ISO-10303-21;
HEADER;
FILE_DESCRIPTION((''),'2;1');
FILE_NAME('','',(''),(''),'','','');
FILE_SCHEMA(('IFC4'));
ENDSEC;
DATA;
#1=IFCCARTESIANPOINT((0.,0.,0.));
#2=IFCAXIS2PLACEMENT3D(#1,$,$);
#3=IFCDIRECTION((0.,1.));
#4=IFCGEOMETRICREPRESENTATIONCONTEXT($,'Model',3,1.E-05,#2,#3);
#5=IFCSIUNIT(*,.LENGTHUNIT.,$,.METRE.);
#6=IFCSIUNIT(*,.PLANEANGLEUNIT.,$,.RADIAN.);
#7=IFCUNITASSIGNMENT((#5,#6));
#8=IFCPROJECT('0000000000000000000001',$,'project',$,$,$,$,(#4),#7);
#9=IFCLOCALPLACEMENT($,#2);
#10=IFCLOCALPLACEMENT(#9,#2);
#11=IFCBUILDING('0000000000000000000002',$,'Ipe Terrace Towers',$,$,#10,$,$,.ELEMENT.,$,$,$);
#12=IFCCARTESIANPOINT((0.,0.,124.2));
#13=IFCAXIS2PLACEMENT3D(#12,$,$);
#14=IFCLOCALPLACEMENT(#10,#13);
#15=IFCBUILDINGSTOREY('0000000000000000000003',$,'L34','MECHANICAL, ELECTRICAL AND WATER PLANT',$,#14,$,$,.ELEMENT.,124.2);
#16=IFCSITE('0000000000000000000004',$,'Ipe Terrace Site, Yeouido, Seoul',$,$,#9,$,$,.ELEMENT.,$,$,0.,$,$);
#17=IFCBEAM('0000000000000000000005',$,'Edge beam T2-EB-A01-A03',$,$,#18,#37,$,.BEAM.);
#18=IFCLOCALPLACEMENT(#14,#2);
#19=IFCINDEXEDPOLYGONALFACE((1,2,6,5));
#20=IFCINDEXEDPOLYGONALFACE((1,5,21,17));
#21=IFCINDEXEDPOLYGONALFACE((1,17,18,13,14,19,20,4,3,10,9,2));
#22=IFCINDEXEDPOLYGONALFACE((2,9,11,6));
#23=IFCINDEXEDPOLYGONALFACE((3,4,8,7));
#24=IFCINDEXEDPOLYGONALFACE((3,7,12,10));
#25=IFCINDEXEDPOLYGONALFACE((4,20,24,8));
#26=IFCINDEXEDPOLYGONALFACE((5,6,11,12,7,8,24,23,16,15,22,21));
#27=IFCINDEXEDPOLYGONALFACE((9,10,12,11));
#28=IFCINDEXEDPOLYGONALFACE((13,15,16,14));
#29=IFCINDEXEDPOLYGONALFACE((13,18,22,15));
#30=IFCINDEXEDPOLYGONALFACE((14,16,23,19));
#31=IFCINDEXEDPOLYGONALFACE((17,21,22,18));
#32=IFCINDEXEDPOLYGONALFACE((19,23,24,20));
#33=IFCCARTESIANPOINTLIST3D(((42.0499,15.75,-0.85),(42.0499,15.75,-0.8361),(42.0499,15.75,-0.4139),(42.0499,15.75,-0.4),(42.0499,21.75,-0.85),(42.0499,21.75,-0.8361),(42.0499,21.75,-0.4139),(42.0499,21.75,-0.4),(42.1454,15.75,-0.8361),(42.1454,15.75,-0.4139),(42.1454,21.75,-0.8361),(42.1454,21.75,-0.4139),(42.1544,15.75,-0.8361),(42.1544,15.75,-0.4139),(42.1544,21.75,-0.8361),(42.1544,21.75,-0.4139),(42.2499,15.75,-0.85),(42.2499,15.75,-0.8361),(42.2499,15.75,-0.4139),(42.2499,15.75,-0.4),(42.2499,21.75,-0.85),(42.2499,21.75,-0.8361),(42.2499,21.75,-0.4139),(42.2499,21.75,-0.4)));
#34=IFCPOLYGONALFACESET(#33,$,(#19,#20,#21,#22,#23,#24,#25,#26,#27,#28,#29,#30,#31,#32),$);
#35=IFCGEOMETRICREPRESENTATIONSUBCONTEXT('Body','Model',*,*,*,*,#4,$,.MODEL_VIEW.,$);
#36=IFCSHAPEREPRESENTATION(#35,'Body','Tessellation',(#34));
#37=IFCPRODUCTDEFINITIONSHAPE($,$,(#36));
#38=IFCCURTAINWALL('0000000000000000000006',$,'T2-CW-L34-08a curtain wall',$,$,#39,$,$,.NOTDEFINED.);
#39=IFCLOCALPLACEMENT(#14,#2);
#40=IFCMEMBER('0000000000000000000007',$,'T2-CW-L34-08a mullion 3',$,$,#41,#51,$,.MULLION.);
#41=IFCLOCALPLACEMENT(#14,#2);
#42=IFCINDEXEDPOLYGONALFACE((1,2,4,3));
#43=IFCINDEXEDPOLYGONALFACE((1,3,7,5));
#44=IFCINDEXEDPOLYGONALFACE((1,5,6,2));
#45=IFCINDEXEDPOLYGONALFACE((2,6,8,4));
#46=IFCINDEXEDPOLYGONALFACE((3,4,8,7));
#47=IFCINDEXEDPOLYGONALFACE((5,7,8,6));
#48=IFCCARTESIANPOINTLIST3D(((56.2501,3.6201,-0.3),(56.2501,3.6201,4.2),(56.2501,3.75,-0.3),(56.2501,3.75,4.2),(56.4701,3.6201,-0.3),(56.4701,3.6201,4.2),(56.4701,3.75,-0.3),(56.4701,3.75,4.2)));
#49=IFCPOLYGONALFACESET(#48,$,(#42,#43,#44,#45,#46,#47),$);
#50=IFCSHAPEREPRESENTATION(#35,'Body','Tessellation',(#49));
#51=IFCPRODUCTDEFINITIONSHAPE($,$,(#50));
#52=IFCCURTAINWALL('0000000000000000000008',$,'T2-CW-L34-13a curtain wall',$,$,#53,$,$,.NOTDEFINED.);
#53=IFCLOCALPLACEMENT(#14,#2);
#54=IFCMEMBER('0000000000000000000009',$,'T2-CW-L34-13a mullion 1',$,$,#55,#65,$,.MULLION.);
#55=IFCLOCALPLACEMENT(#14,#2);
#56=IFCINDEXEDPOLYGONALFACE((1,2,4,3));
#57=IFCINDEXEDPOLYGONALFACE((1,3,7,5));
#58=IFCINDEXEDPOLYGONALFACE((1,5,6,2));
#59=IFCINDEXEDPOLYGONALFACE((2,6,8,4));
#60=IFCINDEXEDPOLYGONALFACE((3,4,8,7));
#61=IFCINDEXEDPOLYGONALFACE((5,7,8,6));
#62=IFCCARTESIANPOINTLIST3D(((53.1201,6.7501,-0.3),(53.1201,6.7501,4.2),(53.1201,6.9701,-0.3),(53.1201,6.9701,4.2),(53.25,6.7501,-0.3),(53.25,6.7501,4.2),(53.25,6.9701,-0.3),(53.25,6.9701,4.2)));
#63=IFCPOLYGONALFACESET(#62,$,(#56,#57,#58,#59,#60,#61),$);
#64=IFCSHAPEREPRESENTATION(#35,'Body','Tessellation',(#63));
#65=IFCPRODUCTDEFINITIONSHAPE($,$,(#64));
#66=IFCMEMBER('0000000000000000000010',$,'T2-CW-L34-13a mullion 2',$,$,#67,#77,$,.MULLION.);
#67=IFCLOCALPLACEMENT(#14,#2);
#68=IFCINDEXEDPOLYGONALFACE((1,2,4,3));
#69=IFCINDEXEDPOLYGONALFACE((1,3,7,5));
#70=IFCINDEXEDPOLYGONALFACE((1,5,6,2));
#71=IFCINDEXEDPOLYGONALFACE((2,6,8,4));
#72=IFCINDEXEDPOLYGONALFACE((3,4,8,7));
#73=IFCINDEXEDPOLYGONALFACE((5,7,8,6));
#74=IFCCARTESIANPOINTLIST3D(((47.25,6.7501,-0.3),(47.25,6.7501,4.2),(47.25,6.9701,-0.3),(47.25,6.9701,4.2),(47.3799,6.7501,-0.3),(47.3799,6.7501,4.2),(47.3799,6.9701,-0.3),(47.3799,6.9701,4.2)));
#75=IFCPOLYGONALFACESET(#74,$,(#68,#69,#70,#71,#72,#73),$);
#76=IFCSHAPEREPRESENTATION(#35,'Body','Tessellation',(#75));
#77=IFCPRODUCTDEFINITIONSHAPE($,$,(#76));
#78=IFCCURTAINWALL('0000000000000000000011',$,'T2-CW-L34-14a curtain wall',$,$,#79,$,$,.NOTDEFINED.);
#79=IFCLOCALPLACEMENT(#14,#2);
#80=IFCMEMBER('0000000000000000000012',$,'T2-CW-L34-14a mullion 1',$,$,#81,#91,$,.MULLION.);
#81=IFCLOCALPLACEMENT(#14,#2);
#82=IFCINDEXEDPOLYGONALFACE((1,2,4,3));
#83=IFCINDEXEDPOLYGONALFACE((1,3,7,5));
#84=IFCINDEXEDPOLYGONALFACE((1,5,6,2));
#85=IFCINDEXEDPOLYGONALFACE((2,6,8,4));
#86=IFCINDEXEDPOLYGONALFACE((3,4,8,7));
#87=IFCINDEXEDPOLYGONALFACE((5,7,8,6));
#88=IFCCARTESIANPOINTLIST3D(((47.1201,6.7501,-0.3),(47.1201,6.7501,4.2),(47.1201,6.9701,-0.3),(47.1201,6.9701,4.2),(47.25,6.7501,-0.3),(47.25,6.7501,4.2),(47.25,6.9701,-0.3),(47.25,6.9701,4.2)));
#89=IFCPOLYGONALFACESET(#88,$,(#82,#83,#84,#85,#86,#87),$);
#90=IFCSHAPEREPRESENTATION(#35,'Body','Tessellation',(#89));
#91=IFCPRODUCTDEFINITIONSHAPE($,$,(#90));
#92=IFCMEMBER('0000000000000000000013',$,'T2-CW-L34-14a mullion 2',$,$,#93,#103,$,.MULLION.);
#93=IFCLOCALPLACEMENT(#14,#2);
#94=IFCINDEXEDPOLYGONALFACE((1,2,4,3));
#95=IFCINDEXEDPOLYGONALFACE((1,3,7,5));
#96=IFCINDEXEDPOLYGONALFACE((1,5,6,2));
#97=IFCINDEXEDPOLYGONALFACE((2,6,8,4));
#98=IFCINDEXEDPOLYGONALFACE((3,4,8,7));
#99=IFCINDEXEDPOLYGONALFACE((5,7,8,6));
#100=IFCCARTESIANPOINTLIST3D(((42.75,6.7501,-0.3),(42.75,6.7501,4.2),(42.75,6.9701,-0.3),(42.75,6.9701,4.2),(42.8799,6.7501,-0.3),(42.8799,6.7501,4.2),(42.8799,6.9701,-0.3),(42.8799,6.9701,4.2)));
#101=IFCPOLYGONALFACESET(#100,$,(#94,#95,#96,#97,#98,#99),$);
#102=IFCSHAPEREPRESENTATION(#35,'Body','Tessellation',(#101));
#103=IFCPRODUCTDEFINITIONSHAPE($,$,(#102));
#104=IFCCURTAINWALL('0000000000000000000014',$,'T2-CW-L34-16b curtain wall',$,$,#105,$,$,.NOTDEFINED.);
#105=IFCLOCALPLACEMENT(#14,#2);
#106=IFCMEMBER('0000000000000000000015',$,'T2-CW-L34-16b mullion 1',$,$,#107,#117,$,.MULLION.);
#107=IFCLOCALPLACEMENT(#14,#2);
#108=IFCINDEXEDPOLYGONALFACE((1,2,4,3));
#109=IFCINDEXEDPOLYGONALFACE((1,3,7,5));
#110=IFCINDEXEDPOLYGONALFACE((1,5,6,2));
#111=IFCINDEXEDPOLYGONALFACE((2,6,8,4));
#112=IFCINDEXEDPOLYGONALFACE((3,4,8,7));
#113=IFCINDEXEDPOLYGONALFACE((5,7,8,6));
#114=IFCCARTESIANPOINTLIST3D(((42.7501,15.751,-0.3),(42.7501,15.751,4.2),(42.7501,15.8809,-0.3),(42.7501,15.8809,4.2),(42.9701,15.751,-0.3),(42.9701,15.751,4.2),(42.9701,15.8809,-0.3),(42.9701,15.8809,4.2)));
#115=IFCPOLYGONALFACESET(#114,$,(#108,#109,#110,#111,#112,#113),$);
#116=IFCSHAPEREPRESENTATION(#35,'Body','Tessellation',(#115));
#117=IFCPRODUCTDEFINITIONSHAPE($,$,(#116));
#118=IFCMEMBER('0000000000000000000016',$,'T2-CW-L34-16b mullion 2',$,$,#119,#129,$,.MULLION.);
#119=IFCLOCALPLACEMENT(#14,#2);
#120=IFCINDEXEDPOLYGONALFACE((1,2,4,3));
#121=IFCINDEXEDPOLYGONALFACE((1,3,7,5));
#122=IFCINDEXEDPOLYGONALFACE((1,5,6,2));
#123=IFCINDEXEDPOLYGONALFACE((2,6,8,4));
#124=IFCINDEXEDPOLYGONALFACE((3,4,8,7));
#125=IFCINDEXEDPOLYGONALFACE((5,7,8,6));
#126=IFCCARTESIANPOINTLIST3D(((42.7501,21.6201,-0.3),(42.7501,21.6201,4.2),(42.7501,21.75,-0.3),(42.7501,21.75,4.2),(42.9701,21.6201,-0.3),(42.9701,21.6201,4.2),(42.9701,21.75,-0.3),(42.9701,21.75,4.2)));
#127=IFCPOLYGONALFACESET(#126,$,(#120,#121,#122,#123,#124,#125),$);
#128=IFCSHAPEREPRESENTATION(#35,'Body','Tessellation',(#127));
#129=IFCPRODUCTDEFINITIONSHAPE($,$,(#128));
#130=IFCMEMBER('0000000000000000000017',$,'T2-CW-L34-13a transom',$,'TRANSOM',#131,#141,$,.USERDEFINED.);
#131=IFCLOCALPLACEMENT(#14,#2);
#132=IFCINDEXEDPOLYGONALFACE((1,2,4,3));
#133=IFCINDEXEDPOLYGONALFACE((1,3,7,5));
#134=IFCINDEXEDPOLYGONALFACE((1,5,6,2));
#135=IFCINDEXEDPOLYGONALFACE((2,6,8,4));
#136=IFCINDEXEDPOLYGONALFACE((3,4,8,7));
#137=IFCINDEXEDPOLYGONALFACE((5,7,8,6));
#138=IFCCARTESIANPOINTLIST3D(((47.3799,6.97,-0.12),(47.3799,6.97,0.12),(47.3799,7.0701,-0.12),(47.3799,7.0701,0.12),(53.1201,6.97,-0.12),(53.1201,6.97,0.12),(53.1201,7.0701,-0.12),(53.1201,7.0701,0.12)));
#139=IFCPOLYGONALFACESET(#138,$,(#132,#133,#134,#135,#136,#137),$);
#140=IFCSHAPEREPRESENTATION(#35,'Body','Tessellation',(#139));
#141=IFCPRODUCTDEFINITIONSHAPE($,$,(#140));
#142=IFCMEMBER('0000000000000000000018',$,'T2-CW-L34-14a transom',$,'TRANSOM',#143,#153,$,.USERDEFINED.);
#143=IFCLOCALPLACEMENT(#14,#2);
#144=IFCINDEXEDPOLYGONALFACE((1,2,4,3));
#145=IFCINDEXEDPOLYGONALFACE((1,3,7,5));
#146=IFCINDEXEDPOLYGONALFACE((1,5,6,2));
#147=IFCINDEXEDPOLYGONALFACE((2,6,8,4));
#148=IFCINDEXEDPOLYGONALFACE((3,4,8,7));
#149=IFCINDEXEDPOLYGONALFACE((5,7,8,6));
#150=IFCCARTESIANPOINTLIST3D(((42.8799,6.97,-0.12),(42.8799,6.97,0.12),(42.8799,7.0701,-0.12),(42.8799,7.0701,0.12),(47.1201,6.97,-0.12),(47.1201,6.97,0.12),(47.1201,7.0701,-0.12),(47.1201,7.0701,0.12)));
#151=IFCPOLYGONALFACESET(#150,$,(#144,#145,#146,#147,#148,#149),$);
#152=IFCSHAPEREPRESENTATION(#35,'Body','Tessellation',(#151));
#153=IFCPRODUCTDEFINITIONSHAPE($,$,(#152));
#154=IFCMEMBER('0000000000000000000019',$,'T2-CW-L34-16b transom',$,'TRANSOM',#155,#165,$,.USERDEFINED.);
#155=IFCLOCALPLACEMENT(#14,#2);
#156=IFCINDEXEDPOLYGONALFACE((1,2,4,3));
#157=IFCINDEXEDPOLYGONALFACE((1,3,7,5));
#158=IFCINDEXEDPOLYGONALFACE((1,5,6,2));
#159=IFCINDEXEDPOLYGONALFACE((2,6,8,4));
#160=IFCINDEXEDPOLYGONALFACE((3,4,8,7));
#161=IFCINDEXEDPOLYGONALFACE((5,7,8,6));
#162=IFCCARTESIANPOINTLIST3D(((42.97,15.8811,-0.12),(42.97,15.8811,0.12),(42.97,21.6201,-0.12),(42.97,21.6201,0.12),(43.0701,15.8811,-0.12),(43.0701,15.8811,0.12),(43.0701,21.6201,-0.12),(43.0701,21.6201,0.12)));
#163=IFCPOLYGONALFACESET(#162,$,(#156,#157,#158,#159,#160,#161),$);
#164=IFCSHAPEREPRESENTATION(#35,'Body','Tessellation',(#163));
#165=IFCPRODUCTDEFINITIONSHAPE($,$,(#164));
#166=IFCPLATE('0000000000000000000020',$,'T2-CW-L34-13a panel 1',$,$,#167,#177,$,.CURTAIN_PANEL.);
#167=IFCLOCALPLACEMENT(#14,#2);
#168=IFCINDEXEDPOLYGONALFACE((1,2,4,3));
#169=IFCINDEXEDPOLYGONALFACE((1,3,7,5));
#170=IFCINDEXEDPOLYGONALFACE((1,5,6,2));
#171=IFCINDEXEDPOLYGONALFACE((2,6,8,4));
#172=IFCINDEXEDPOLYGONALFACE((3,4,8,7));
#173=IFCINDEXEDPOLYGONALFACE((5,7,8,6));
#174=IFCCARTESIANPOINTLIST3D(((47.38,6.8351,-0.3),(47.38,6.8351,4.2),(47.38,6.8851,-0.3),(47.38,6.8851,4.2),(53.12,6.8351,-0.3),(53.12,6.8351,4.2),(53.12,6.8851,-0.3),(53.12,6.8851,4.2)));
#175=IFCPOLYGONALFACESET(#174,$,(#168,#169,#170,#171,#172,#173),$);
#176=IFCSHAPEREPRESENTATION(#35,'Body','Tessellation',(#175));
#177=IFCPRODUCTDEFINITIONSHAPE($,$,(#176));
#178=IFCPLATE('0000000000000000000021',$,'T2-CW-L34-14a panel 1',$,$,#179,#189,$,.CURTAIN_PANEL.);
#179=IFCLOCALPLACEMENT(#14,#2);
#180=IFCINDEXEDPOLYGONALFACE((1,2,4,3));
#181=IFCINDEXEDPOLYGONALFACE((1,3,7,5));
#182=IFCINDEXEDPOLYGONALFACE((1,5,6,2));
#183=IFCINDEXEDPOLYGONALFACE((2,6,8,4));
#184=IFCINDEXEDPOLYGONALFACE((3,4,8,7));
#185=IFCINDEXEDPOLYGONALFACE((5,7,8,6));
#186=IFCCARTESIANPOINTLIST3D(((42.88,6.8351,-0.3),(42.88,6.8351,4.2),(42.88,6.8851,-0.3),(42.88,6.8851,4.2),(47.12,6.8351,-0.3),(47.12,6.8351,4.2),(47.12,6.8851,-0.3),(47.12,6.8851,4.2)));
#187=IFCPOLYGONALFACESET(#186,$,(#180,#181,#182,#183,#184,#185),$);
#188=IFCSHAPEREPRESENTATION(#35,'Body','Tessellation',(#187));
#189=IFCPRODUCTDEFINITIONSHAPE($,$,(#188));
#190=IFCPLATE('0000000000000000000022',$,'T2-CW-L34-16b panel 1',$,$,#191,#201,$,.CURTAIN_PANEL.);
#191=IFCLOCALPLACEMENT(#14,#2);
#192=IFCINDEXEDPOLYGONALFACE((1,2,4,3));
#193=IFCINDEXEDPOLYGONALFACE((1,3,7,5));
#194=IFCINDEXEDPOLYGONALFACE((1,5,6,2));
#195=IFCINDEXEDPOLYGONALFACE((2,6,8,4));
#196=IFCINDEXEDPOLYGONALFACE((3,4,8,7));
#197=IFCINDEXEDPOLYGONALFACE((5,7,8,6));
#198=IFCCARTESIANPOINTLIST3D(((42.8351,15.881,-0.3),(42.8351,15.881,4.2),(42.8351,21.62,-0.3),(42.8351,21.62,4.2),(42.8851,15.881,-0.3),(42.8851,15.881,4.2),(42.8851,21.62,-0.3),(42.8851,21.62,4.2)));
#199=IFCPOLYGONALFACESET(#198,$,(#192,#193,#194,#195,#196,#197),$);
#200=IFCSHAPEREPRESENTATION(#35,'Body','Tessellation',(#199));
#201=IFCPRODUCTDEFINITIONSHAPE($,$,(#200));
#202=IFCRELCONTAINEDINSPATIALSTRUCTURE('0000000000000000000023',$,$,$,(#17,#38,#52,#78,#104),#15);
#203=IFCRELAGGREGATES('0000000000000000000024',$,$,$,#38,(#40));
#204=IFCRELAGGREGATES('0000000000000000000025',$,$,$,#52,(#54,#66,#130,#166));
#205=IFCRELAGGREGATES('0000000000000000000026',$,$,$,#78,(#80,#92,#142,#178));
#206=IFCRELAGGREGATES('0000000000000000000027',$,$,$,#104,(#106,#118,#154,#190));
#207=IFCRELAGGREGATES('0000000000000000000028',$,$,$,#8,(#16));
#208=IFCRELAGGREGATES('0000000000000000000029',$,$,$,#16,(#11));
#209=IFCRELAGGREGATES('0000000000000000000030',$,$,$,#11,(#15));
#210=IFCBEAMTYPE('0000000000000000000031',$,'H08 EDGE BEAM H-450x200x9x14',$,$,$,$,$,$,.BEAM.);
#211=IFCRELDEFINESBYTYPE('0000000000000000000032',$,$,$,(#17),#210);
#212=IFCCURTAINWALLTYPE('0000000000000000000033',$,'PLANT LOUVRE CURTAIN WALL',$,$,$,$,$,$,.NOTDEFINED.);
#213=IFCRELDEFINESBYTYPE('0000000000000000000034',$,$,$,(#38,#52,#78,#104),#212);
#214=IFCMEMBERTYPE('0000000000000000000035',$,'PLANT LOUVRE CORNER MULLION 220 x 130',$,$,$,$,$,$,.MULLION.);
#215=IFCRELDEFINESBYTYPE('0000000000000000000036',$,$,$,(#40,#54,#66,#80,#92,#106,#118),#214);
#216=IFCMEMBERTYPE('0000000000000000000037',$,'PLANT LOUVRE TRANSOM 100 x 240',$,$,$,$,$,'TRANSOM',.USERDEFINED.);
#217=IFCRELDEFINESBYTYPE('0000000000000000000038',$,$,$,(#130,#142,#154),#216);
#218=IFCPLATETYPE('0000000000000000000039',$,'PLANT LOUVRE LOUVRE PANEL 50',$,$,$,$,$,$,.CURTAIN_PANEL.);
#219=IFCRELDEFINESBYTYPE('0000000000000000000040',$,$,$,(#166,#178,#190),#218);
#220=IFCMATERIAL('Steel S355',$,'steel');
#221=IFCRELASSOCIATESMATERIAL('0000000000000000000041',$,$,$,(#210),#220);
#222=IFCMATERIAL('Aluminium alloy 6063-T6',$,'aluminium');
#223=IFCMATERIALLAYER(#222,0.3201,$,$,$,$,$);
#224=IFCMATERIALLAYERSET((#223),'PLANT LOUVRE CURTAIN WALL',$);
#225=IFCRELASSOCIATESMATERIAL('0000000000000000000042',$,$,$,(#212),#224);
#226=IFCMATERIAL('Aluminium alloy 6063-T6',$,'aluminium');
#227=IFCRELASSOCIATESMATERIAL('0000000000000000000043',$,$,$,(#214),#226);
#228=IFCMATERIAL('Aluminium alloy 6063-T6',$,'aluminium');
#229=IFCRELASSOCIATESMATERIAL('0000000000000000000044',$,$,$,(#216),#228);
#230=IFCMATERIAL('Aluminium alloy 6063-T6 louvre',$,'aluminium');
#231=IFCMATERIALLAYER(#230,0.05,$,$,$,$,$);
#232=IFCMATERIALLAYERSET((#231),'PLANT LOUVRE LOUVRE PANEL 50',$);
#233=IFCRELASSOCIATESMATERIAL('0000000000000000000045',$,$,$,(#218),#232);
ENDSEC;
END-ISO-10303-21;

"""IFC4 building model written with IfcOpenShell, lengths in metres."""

from ifc_helpers import new_model, si_unit, direction, frame, origin, origin_2d, place, context, subcontext, project, spatial, rectangle, i_section, extrude, material, layer, layer_set, material_profile, profile_set, type_object, element, aggregate, save


model = new_model("IFC4")

# Units and contexts
model_context = context("Model", 3, precision=1e-05, world=origin(), true_north=direction((0.0, 1.0)))
body_context = subcontext(model_context, "Body", "Model", "MODEL_VIEW")
ifc_project = project(units=[si_unit("LENGTHUNIT", "METRE"), si_unit("PLANEANGLEUNIT", "RADIAN")], contexts=[model_context])

# Site, building, storey
site_placement = place(None, origin())
site = spatial("IfcSite", under=ifc_project, at=site_placement, Name="Ipe Terrace Site, Yeouido, Seoul", CompositionType="ELEMENT", RefElevation=0.0)
building_placement = place(site_placement, origin())
building = spatial("IfcBuilding", under=site, at=building_placement, Name="Ipe Terrace Towers", CompositionType="ELEMENT")
storey_placement = place(building_placement, frame((0.0, 0.0, 124.2)))
storey = spatial("IfcBuildingStorey", under=building, at=storey_placement, Name="L34", Description="MECHANICAL, ELECTRICAL AND WATER PLANT", CompositionType="ELEMENT", Elevation=124.2)

# Beam
ifc_material_1 = material(Name="Steel S355", Category="steel")
ifc_material_profile_1 = material_profile(ifc_material_1, i_section(OverallWidth=0.2, OverallDepth=0.45, WebThickness=0.009, FlangeThickness=0.0139, at=origin_2d()), Name="H-450x200x9x14")
ifc_profile_set_1 = profile_set([ifc_material_profile_1], Name="Steel S355")
beam_type_1 = type_object("IfcBeamType", Name="H08 EDGE BEAM H-450x200x9x14", PredefinedType="BEAM", material=ifc_profile_set_1)
beam_1_placement = place(storey_placement, frame((42.1499, 15.75, -0.625), z_axis=(0.0, 1.0, 0.0), x_axis=(-1.0, 0.0, 0.0)))
element("IfcBeam", 1, at=beam_1_placement, inside=storey, type_object=beam_type_1, Name="Edge beam T2-EB-A01-A03", PredefinedType="BEAM", context=body_context, shape_type="SweptSolid", body=[
    extrude(i_section(OverallWidth=0.2, OverallDepth=0.45, WebThickness=0.009, FlangeThickness=0.0139, at=origin_2d()), origin(), (0.0, 0.0, 1.0), 6.0),
])

# Curtain wall, member
ifc_material_2 = material(Name="Aluminium alloy 6063-T6", Category="aluminium")
ifc_layer_1 = layer(ifc_material_2, 0.3201)
ifc_layer_set_1 = layer_set([ifc_layer_1], Name="PLANT LOUVRE CURTAIN WALL")
curtain_wall_type = type_object("IfcCurtainWallType", Name="PLANT LOUVRE CURTAIN WALL", PredefinedType="NOTDEFINED", material=ifc_layer_set_1)
curtain_wall_1_placement = place(storey_placement, origin())
curtain_wall_1 = element("IfcCurtainWall", 2, at=curtain_wall_1_placement, inside=storey, type_object=curtain_wall_type, Name="T2-CW-L34-08a curtain wall", PredefinedType="NOTDEFINED")
ifc_material_3 = material(Name="Aluminium alloy 6063-T6", Category="aluminium")
ifc_material_profile_2 = material_profile(ifc_material_3, rectangle(XDim=0.22, YDim=0.1299, at=origin_2d()), Name="PLANT LOUVRE CORNER MULLION 220 x 130")
ifc_profile_set_2 = profile_set([ifc_material_profile_2], Name="Aluminium alloy 6063-T6")
member_type_1 = type_object("IfcMemberType", Name="PLANT LOUVRE CORNER MULLION 220 x 130", PredefinedType="MULLION", material=ifc_profile_set_2)
member_1_placement = place(storey_placement, frame((56.3601, 3.6851, -0.3), z_axis=(0.0, 0.0, 1.0), x_axis=(1.0, 0.0, 0.0)))
member_1 = element("IfcMember", 3, at=member_1_placement, type_object=member_type_1, Name="T2-CW-L34-08a mullion 3", PredefinedType="MULLION", context=body_context, shape_type="SweptSolid", body=[
    extrude(rectangle(XDim=0.22, YDim=0.1299, at=origin_2d()), origin(), (0.0, 0.0, 1.0), 4.5),
])
aggregate(curtain_wall_1, [member_1])

# Curtain walls, members
curtain_wall_2_placement = place(storey_placement, origin())
curtain_wall_2 = element("IfcCurtainWall", 4, at=curtain_wall_2_placement, inside=storey, type_object=curtain_wall_type, Name="T2-CW-L34-13a curtain wall", PredefinedType="NOTDEFINED")
member_2_placement = place(storey_placement, frame((53.1851, 6.8601, -0.3), z_axis=(0.0, 0.0, 1.0), x_axis=(0.0, 1.0, 0.0)))
member_2 = element("IfcMember", 5, at=member_2_placement, type_object=member_type_1, Name="T2-CW-L34-13a mullion 1", PredefinedType="MULLION", context=body_context, shape_type="SweptSolid", body=[
    extrude(rectangle(XDim=0.22, YDim=0.1299, at=origin_2d()), origin(), (0.0, 0.0, 1.0), 4.5),
])
member_3_placement = place(storey_placement, frame((47.3149, 6.8601, -0.3), z_axis=(0.0, 0.0, 1.0), x_axis=(0.0, 1.0, 0.0)))
member_3 = element("IfcMember", 6, at=member_3_placement, type_object=member_type_1, Name="T2-CW-L34-13a mullion 2", PredefinedType="MULLION", context=body_context, shape_type="SweptSolid", body=[
    extrude(rectangle(XDim=0.22, YDim=0.1299, at=origin_2d()), origin(), (0.0, 0.0, 1.0), 4.5),
])
curtain_wall_3_placement = place(storey_placement, origin())
curtain_wall_3 = element("IfcCurtainWall", 7, at=curtain_wall_3_placement, inside=storey, type_object=curtain_wall_type, Name="T2-CW-L34-14a curtain wall", PredefinedType="NOTDEFINED")
member_4_placement = place(storey_placement, frame((47.1851, 6.8601, -0.3), z_axis=(0.0, 0.0, 1.0), x_axis=(0.0, 1.0, 0.0)))
member_4 = element("IfcMember", 8, at=member_4_placement, type_object=member_type_1, Name="T2-CW-L34-14a mullion 1", PredefinedType="MULLION", context=body_context, shape_type="SweptSolid", body=[
    extrude(rectangle(XDim=0.22, YDim=0.1299, at=origin_2d()), origin(), (0.0, 0.0, 1.0), 4.5),
])
member_5_placement = place(storey_placement, frame((42.8149, 6.8601, -0.3), z_axis=(0.0, 0.0, 1.0), x_axis=(0.0, 1.0, 0.0)))
member_5 = element("IfcMember", 9, at=member_5_placement, type_object=member_type_1, Name="T2-CW-L34-14a mullion 2", PredefinedType="MULLION", context=body_context, shape_type="SweptSolid", body=[
    extrude(rectangle(XDim=0.22, YDim=0.1299, at=origin_2d()), origin(), (0.0, 0.0, 1.0), 4.5),
])
curtain_wall_4_placement = place(storey_placement, origin())
curtain_wall_4 = element("IfcCurtainWall", 10, at=curtain_wall_4_placement, inside=storey, type_object=curtain_wall_type, Name="T2-CW-L34-16b curtain wall", PredefinedType="NOTDEFINED")
member_6_placement = place(storey_placement, frame((42.8601, 15.8159, -0.3), z_axis=(0.0, 0.0, 1.0), x_axis=(1.0, 0.0, 0.0)))
member_6 = element("IfcMember", 11, at=member_6_placement, type_object=member_type_1, Name="T2-CW-L34-16b mullion 1", PredefinedType="MULLION", context=body_context, shape_type="SweptSolid", body=[
    extrude(rectangle(XDim=0.22, YDim=0.1299, at=origin_2d()), origin(), (0.0, 0.0, 1.0), 4.5),
])
member_7_placement = place(storey_placement, frame((42.8601, 21.6851, -0.3), z_axis=(0.0, 0.0, 1.0), x_axis=(1.0, 0.0, 0.0)))
member_7 = element("IfcMember", 12, at=member_7_placement, type_object=member_type_1, Name="T2-CW-L34-16b mullion 2", PredefinedType="MULLION", context=body_context, shape_type="SweptSolid", body=[
    extrude(rectangle(XDim=0.22, YDim=0.1299, at=origin_2d()), origin(), (0.0, 0.0, 1.0), 4.5),
])

# Members
ifc_material_4 = material(Name="Aluminium alloy 6063-T6", Category="aluminium")
ifc_material_profile_3 = material_profile(ifc_material_4, rectangle(XDim=0.1001, YDim=0.24, at=origin_2d()), Name="PLANT LOUVRE TRANSOM 100 x 240")
ifc_profile_set_3 = profile_set([ifc_material_profile_3], Name="Aluminium alloy 6063-T6")
member_type_2 = type_object("IfcMemberType", Name="PLANT LOUVRE TRANSOM 100 x 240", ElementType="TRANSOM", PredefinedType="USERDEFINED", material=ifc_profile_set_3)
member_8_placement = place(storey_placement, frame((53.1201, 7.02, 0.0), z_axis=(-1.0, 0.0, 0.0), x_axis=(0.0, 1.0, 0.0)))
member_8 = element("IfcMember", 13, at=member_8_placement, type_object=member_type_2, Name="T2-CW-L34-13a transom", ObjectType="TRANSOM", PredefinedType="USERDEFINED", context=body_context, shape_type="SweptSolid", body=[
    extrude(rectangle(XDim=0.1001, YDim=0.24, at=origin_2d()), origin(), (0.0, 0.0, 1.0), 5.7402),
])
member_9_placement = place(storey_placement, frame((47.1201, 7.02, 0.0), z_axis=(-1.0, 0.0, 0.0), x_axis=(0.0, 1.0, 0.0)))
member_9 = element("IfcMember", 14, at=member_9_placement, type_object=member_type_2, Name="T2-CW-L34-14a transom", ObjectType="TRANSOM", PredefinedType="USERDEFINED", context=body_context, shape_type="SweptSolid", body=[
    extrude(rectangle(XDim=0.1001, YDim=0.24, at=origin_2d()), origin(), (0.0, 0.0, 1.0), 4.2402),
])
member_10_placement = place(storey_placement, frame((43.02, 15.8811, 0.0), z_axis=(0.0, 1.0, 0.0), x_axis=(1.0, 0.0, 0.0)))
member_10 = element("IfcMember", 15, at=member_10_placement, type_object=member_type_2, Name="T2-CW-L34-16b transom", ObjectType="TRANSOM", PredefinedType="USERDEFINED", context=body_context, shape_type="SweptSolid", body=[
    extrude(rectangle(XDim=0.1001, YDim=0.24, at=origin_2d()), origin(), (0.0, 0.0, 1.0), 5.739),
])

# Plates
ifc_material_5 = material(Name="Aluminium alloy 6063-T6 louvre", Category="aluminium")
ifc_layer_2 = layer(ifc_material_5, 0.05)
ifc_layer_set_2 = layer_set([ifc_layer_2], Name="PLANT LOUVRE LOUVRE PANEL 50")
plate_type = type_object("IfcPlateType", Name="PLANT LOUVRE LOUVRE PANEL 50", PredefinedType="CURTAIN_PANEL", material=ifc_layer_set_2)
plate_1_placement = place(storey_placement, frame((50.25, 6.8601, -0.3), z_axis=(0.0, 0.0, 1.0), x_axis=(-1.0, 0.0, 0.0)))
plate_1 = element("IfcPlate", 16, at=plate_1_placement, type_object=plate_type, Name="T2-CW-L34-13a panel 1", PredefinedType="CURTAIN_PANEL", context=body_context, shape_type="SweptSolid", body=[
    extrude(rectangle(XDim=5.74, YDim=0.05, at=origin_2d()), origin(), (0.0, 0.0, 1.0), 4.5),
])
aggregate(curtain_wall_2, [member_2, member_3, member_8, plate_1])
plate_2_placement = place(storey_placement, frame((45.0, 6.8601, -0.3), z_axis=(0.0, 0.0, 1.0), x_axis=(-1.0, 0.0, 0.0)))
plate_2 = element("IfcPlate", 17, at=plate_2_placement, type_object=plate_type, Name="T2-CW-L34-14a panel 1", PredefinedType="CURTAIN_PANEL", context=body_context, shape_type="SweptSolid", body=[
    extrude(rectangle(XDim=4.24, YDim=0.05, at=origin_2d()), origin(), (0.0, 0.0, 1.0), 4.5),
])
aggregate(curtain_wall_3, [member_4, member_5, member_9, plate_2])
plate_3_placement = place(storey_placement, frame((42.8601, 18.7505, -0.3), z_axis=(0.0, 0.0, 1.0), x_axis=(0.0, 1.0, 0.0)))
plate_3 = element("IfcPlate", 18, at=plate_3_placement, type_object=plate_type, Name="T2-CW-L34-16b panel 1", PredefinedType="CURTAIN_PANEL", context=body_context, shape_type="SweptSolid", body=[
    extrude(rectangle(XDim=5.739, YDim=0.05, at=origin_2d()), origin(), (0.0, 0.0, 1.0), 4.5),
])
aggregate(curtain_wall_4, [member_6, member_7, member_10, plate_3])

save(model, "model.ifc")
